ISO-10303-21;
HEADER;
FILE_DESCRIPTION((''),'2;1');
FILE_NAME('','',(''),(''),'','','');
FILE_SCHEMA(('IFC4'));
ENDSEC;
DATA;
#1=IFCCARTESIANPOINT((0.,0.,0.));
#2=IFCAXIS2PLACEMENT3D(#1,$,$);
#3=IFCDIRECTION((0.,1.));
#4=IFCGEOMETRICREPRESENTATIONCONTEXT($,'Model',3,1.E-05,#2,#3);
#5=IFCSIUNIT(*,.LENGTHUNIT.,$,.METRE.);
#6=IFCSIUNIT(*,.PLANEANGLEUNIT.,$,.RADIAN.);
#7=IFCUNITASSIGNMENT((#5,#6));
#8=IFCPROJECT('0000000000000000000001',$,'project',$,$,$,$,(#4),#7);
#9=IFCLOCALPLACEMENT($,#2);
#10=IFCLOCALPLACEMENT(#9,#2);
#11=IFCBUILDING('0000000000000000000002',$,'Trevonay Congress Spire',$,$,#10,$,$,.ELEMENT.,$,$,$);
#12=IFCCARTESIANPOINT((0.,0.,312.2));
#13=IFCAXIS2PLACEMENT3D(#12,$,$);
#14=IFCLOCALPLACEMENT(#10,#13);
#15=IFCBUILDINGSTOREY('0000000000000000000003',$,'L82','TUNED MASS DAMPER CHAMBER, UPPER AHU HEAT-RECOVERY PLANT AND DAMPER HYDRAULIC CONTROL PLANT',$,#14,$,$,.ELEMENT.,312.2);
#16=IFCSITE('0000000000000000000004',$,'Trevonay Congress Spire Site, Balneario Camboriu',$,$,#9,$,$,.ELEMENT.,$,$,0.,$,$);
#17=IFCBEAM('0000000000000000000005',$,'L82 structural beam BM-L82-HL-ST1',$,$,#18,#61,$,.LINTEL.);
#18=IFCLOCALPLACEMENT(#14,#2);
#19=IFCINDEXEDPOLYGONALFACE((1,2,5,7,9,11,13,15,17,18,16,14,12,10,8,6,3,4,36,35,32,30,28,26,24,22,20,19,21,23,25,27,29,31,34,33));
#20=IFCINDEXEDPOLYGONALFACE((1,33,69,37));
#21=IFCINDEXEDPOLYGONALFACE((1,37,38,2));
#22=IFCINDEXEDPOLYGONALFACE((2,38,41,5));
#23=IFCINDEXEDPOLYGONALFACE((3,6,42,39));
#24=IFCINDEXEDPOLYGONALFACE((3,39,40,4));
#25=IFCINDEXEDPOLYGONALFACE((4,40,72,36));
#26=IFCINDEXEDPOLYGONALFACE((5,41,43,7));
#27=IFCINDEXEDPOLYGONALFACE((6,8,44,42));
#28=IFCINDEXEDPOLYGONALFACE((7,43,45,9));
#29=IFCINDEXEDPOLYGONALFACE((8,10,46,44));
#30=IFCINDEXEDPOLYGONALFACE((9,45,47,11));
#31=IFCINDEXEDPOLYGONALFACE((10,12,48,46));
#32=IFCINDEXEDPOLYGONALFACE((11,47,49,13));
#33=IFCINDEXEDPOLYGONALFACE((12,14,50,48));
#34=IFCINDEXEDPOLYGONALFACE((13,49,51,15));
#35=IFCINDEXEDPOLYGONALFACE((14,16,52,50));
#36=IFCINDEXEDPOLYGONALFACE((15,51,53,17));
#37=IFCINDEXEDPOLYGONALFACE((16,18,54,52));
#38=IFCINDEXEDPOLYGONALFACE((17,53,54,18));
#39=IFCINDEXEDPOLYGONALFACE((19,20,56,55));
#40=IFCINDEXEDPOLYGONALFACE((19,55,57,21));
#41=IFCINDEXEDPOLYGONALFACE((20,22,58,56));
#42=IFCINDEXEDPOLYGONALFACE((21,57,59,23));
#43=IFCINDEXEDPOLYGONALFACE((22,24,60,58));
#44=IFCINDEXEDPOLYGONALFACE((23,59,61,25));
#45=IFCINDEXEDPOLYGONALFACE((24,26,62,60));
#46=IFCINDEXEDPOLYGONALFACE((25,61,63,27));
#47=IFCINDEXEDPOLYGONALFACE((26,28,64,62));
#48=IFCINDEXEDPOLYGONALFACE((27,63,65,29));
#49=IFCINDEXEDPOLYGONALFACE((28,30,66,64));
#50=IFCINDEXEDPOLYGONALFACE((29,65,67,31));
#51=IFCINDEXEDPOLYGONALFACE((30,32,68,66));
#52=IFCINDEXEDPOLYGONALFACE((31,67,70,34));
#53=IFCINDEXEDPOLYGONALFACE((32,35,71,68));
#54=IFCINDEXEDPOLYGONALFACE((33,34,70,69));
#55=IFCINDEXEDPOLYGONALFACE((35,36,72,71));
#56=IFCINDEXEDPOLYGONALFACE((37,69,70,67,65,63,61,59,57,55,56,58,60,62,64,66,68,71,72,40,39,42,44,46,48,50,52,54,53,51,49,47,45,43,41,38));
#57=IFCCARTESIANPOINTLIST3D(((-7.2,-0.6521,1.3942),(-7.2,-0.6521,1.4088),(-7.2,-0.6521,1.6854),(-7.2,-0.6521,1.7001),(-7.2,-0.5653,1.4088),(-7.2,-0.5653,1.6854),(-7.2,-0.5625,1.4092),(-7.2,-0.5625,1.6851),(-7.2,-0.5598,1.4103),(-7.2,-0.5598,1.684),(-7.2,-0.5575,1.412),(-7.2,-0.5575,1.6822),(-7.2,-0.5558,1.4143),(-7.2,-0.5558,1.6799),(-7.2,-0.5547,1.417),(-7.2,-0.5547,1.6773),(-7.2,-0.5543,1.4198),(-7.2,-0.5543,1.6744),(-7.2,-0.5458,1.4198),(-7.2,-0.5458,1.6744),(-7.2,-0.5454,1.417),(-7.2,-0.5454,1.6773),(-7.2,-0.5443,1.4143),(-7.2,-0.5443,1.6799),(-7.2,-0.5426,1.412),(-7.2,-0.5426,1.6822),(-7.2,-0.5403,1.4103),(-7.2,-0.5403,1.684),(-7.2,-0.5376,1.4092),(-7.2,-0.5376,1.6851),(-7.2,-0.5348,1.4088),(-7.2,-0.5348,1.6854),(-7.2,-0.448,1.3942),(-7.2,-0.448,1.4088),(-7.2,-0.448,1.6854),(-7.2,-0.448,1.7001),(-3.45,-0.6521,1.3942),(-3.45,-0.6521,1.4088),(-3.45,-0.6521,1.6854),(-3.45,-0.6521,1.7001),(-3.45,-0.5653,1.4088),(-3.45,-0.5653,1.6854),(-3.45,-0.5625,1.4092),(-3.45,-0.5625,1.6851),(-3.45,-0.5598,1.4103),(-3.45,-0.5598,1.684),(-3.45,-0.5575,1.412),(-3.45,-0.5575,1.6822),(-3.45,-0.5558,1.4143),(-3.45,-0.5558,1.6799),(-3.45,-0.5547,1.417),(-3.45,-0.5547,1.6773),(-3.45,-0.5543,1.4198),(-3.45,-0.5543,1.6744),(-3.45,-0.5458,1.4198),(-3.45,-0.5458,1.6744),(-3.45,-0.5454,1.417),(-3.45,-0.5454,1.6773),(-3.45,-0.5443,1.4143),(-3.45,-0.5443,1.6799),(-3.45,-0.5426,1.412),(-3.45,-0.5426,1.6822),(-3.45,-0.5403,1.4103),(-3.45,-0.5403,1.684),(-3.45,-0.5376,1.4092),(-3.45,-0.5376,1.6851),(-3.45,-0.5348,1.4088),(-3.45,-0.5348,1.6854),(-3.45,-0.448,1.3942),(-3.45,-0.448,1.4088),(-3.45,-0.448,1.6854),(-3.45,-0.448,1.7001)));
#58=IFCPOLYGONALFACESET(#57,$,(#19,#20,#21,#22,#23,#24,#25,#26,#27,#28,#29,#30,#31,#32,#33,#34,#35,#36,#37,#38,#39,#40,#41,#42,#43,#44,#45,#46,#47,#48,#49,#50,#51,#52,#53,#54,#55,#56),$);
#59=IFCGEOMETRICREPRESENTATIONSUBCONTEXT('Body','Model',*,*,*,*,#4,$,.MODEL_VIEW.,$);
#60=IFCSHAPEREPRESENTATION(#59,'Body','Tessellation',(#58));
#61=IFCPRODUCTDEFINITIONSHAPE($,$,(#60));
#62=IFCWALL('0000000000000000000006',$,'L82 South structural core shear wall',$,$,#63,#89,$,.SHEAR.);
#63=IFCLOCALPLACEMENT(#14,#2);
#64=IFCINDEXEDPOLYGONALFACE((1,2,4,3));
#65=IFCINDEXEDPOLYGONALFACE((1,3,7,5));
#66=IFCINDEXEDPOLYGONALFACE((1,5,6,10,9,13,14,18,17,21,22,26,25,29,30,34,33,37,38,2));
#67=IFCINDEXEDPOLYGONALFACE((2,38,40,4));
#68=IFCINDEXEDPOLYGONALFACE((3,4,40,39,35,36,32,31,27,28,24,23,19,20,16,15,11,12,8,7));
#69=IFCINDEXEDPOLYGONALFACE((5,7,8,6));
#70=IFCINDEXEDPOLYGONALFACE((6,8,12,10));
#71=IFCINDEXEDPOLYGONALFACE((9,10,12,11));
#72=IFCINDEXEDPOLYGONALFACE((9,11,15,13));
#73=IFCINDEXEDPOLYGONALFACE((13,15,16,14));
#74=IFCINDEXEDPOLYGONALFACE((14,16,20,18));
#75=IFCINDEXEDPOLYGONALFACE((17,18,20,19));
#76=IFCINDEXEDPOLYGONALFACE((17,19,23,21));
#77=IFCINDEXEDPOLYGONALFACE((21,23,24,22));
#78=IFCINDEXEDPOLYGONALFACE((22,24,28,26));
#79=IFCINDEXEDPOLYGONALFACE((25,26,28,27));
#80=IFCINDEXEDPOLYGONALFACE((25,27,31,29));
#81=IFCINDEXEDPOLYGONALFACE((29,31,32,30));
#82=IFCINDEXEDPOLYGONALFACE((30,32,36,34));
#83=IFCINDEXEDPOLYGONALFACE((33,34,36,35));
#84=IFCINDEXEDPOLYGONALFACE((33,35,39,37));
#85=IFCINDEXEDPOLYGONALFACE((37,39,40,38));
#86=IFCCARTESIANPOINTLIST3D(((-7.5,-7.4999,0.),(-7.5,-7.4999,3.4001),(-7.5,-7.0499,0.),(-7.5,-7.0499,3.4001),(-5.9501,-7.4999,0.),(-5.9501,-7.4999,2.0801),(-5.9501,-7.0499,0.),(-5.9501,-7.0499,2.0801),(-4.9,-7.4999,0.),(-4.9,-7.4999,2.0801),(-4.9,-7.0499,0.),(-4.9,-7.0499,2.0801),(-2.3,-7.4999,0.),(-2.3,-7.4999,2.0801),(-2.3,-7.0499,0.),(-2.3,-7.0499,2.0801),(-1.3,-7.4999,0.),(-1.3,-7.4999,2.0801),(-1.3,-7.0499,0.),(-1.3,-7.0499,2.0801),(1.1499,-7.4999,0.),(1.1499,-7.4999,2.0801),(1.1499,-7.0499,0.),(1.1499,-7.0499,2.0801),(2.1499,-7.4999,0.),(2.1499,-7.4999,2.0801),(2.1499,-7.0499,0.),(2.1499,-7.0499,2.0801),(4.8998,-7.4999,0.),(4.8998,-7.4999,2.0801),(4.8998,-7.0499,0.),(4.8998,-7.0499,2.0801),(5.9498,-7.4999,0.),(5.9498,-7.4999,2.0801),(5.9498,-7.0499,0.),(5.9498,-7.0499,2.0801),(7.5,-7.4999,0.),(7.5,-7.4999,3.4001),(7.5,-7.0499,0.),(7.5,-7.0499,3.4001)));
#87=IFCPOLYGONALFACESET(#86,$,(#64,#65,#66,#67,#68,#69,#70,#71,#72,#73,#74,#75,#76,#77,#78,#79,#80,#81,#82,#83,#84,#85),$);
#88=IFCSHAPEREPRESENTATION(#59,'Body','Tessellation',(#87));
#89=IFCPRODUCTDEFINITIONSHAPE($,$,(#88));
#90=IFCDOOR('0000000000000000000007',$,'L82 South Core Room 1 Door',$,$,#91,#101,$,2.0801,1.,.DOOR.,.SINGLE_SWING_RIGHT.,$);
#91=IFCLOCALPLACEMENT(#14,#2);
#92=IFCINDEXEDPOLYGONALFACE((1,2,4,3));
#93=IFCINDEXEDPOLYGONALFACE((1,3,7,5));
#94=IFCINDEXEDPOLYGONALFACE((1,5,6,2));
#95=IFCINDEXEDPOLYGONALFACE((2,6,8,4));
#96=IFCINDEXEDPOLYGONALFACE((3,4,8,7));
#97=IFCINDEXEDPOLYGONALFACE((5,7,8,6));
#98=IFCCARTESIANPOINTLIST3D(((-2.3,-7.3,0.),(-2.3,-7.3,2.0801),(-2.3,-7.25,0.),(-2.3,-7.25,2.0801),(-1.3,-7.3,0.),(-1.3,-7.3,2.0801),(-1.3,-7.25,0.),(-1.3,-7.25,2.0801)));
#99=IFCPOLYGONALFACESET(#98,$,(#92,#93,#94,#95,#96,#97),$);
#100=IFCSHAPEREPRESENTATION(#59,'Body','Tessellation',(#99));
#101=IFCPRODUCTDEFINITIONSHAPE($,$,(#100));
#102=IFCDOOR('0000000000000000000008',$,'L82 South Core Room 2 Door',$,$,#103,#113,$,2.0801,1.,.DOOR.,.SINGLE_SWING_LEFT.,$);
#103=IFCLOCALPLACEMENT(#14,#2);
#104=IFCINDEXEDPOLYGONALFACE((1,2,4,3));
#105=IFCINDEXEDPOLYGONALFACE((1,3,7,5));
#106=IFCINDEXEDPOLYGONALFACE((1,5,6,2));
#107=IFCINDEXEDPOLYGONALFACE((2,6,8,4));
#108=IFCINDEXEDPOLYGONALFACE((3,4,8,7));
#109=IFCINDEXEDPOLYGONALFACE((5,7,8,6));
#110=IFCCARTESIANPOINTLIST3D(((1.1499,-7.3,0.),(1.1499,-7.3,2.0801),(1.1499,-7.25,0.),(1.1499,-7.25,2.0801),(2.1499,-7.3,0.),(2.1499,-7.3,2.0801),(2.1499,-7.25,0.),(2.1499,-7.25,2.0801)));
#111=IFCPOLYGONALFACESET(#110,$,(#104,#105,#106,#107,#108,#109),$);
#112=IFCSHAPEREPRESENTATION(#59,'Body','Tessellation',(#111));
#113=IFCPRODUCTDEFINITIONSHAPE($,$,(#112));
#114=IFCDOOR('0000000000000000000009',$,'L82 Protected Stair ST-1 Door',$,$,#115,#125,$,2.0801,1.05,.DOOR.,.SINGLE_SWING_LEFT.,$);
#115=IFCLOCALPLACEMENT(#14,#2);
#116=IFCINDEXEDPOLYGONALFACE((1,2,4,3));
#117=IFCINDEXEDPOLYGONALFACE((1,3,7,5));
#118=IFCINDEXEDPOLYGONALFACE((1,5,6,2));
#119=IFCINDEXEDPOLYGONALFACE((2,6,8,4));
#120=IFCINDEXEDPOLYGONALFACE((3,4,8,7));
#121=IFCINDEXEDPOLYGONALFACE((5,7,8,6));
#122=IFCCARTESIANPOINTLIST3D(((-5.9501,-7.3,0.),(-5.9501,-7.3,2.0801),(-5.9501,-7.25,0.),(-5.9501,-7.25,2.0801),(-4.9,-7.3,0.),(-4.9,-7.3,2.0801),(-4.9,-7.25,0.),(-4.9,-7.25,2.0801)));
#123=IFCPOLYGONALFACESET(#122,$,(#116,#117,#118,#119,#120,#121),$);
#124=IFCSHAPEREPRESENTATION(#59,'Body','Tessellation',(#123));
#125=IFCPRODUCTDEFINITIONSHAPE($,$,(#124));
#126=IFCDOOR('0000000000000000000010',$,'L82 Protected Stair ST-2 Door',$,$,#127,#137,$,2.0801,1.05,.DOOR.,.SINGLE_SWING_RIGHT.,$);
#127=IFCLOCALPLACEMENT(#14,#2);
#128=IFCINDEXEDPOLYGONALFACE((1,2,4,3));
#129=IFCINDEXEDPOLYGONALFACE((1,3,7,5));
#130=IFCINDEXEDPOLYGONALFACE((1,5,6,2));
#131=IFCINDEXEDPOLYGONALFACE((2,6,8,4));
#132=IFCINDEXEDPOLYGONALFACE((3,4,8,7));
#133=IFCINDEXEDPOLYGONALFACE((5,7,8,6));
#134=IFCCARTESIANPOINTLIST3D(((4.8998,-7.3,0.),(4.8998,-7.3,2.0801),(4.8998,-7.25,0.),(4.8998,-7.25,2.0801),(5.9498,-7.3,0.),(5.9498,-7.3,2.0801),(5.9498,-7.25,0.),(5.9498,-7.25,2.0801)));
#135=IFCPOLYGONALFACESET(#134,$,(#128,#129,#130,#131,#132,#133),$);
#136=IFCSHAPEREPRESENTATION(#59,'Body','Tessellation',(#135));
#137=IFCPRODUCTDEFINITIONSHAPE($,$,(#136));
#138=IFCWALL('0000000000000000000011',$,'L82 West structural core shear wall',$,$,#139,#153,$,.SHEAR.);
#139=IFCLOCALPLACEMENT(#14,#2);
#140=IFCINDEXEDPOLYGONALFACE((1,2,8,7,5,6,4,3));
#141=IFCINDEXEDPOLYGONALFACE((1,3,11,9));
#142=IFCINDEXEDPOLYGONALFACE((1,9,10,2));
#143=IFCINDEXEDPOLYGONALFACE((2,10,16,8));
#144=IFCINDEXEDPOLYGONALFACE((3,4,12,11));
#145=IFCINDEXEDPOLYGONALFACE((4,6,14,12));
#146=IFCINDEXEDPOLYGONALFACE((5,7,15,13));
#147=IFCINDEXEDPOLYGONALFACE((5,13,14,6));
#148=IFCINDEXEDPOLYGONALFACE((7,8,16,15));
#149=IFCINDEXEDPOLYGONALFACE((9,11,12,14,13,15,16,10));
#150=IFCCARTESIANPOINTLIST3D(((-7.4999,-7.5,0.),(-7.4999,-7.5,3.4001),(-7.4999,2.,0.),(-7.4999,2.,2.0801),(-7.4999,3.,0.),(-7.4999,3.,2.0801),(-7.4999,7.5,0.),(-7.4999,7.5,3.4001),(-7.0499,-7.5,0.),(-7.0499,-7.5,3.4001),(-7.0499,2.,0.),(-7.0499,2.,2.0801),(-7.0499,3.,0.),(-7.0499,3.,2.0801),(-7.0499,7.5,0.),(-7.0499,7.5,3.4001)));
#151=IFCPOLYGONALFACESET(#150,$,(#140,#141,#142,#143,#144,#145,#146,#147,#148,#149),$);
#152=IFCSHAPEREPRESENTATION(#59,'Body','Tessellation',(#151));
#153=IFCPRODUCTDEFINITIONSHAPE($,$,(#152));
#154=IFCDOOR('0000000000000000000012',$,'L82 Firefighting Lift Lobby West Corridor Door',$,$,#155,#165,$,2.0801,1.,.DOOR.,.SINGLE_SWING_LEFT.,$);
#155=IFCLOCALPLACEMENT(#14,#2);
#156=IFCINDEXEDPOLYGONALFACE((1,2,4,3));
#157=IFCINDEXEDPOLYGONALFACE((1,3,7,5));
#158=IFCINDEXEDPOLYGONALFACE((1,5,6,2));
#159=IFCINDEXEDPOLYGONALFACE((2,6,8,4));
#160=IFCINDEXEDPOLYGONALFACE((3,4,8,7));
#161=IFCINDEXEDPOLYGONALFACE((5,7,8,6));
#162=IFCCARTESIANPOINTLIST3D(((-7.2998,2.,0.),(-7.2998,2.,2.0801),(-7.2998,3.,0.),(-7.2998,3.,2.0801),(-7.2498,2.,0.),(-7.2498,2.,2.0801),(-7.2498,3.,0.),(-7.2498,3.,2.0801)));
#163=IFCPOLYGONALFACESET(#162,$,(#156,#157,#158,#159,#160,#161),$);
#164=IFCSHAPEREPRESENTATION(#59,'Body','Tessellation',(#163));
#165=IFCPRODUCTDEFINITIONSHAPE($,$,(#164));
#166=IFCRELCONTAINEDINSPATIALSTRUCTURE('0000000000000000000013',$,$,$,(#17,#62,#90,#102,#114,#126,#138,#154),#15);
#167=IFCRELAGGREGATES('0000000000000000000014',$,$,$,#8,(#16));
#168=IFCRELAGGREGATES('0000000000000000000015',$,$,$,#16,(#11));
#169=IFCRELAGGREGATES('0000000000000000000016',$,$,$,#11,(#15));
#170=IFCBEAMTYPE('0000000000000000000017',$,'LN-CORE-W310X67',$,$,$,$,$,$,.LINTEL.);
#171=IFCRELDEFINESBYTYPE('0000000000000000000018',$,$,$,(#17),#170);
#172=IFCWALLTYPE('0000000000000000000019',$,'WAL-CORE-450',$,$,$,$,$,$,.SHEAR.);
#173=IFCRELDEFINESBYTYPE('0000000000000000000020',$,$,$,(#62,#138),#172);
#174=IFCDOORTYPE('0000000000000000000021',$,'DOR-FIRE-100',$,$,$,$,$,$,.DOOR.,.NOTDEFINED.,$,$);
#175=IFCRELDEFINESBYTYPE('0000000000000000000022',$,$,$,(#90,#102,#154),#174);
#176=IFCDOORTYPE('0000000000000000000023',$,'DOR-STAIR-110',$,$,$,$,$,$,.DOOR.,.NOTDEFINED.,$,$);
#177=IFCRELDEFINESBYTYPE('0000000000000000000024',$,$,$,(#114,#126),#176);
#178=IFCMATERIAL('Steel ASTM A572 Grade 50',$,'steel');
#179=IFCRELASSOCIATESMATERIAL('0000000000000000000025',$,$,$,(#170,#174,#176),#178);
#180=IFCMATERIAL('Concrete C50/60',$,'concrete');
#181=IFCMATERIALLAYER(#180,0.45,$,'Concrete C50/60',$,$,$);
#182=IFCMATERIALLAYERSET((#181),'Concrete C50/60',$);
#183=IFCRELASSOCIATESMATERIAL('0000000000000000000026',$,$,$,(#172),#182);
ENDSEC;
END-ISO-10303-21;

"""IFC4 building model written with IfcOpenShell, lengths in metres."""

from ifc_helpers import new_model, si_unit, direction, frame, frame_2d, origin, origin_2d, place, context, subcontext, project, spatial, rectangle, i_section, extrude, material, layer, layer_set, material_profile, profile_set, type_object, element, fill, save


model = new_model("IFC4")

# Units and contexts
model_context = context("Model", 3, precision=1e-05, world=origin(), true_north=direction((0.0, 1.0)))
body_context = subcontext(model_context, "Body", "Model", "MODEL_VIEW")
ifc_project = project(units=[si_unit("LENGTHUNIT", "METRE"), si_unit("PLANEANGLEUNIT", "RADIAN")], contexts=[model_context])

# Site, building, storey
site_placement = place(None, origin())
site = spatial("IfcSite", under=ifc_project, at=site_placement, Name="Trevonay Congress Spire Site, Balneario Camboriu", CompositionType="ELEMENT", RefElevation=0.0)
building_placement = place(site_placement, origin())
building = spatial("IfcBuilding", under=site, at=building_placement, Name="Trevonay Congress Spire", CompositionType="ELEMENT")
storey_placement = place(building_placement, frame((0.0, 0.0, 312.2)))
storey = spatial("IfcBuildingStorey", under=building, at=storey_placement, Name="L82", Description="TUNED MASS DAMPER CHAMBER, UPPER AHU HEAT-RECOVERY PLANT AND DAMPER HYDRAULIC CONTROL PLANT", CompositionType="ELEMENT", Elevation=312.2)

# Shared definitions
ifc_material_1 = material(Name="Steel ASTM A572 Grade 50", Category="steel")

# Beam
ifc_material_profile_1 = material_profile(ifc_material_1, i_section(OverallWidth=0.2041, OverallDepth=0.3059, WebThickness=0.0085, FlangeThickness=0.0146, FilletRadius=0.011, at=origin_2d()), Name="W310x67")
ifc_profile_set_1 = profile_set([ifc_material_profile_1], Name="Steel ASTM A572 Grade 50")
beam_type_1 = type_object("IfcBeamType", Name="LN-CORE-W310X67", PredefinedType="LINTEL", material=ifc_profile_set_1)
beam_1_placement = place(storey_placement, frame((-7.2, -0.55, 1.5471), z_axis=(1.0, 0.0, 0.0), x_axis=(0.0, 1.0, 0.0)))
element("IfcBeam", 1, at=beam_1_placement, inside=storey, type_object=beam_type_1, Name="L82 structural beam BM-L82-HL-ST1", PredefinedType="LINTEL", context=body_context, shape_type="SweptSolid", body=[
    extrude(i_section(OverallWidth=0.2041, OverallDepth=0.3059, WebThickness=0.0085, FlangeThickness=0.0146, FilletRadius=0.011, at=origin_2d()), origin(), (0.0, 0.0, 1.0), 3.75),
])

# Wall, openings, doors
ifc_material_2 = material(Name="Concrete C50/60", Category="concrete")
ifc_layer_1 = layer(ifc_material_2, 0.45, Name="Concrete C50/60")
ifc_layer_set_1 = layer_set([ifc_layer_1], Name="Concrete C50/60")
wall_type_1 = type_object("IfcWallType", Name="WAL-CORE-450", PredefinedType="SHEAR", material=ifc_layer_set_1)
wall_1_placement = place(storey_placement, frame((-7.5, -7.2749, 0.0), z_axis=(0.0, 0.0, 1.0), x_axis=(1.0, 0.0, 0.0)))
wall_1 = element("IfcWall", 2, at=wall_1_placement, inside=storey, type_object=wall_type_1, Name="L82 South structural core shear wall", PredefinedType="SHEAR", context=body_context, shape_type="SweptSolid", body=[
    extrude(rectangle(XDim=15.0, YDim=0.45, at=frame_2d((7.5, 0.0))), origin(), (0.0, 0.0, 1.0), 3.4001),
])
opening_1_placement = place(wall_1_placement, frame((1.55, 0.0, 0.0)))
opening_1 = element("IfcOpeningElement", 3, at=opening_1_placement, cuts=wall_1, PredefinedType="OPENING", context=body_context, shape_type="SweptSolid", body=[
    extrude(rectangle(XDim=1.05, YDim=2.0801, at=frame_2d((0.5249, 1.04))), frame((0.0, 0.2349, 0.0), z_axis=(0.0, -1.0, 0.0), x_axis=(1.0, 0.0, 0.0)), (0.0, 0.0, 1.0), 0.47),
])
opening_2_placement = place(wall_1_placement, frame((12.3999, 0.0, 0.0)))
opening_2 = element("IfcOpeningElement", 4, at=opening_2_placement, cuts=wall_1, PredefinedType="OPENING", context=body_context, shape_type="SweptSolid", body=[
    extrude(rectangle(XDim=1.05, YDim=2.0801, at=frame_2d((0.5249, 1.04))), frame((0.0, 0.2349, 0.0), z_axis=(0.0, -1.0, 0.0), x_axis=(1.0, 0.0, 0.0)), (0.0, 0.0, 1.0), 0.47),
])
opening_3_placement = place(wall_1_placement, frame((5.2, 0.0, 0.0)))
opening_3 = element("IfcOpeningElement", 5, at=opening_3_placement, cuts=wall_1, PredefinedType="OPENING", context=body_context, shape_type="SweptSolid", body=[
    extrude(rectangle(XDim=1.0, YDim=2.0801, at=frame_2d((0.5, 1.04))), frame((0.0, 0.2349, 0.0), z_axis=(0.0, -1.0, 0.0), x_axis=(1.0, 0.0, 0.0)), (0.0, 0.0, 1.0), 0.47),
])
opening_4_placement = place(wall_1_placement, frame((8.6499, 0.0, 0.0)))
opening_4 = element("IfcOpeningElement", 6, at=opening_4_placement, cuts=wall_1, PredefinedType="OPENING", context=body_context, shape_type="SweptSolid", body=[
    extrude(rectangle(XDim=1.0, YDim=2.0801, at=frame_2d((0.5, 1.04))), frame((0.0, 0.2349, 0.0), z_axis=(0.0, -1.0, 0.0), x_axis=(1.0, 0.0, 0.0)), (0.0, 0.0, 1.0), 0.47),
])
door_type_1 = type_object("IfcDoorType", Name="DOR-FIRE-100", OperationType="NOTDEFINED", PredefinedType="DOOR", material=ifc_material_1)
door_1_placement = place(opening_3_placement, origin())
door_1 = element("IfcDoor", 7, at=door_1_placement, inside=storey, type_object=door_type_1, Name="L82 South Core Room 1 Door", OperationType="SINGLE_SWING_RIGHT", OverallHeight=2.0801, OverallWidth=1.0, PredefinedType="DOOR", context=body_context, shape_type="SweptSolid", body=[
    extrude(rectangle(XDim=1.0, YDim=2.0801, at=frame_2d((0.5, 1.04))), frame((0.0, 0.0249, 0.0), z_axis=(0.0, -1.0, 0.0), x_axis=(1.0, 0.0, 0.0)), (0.0, 0.0, 1.0), 0.05),
])
fill(opening_3, door_1)
door_2_placement = place(opening_4_placement, origin())
door_2 = element("IfcDoor", 8, at=door_2_placement, inside=storey, type_object=door_type_1, Name="L82 South Core Room 2 Door", OperationType="SINGLE_SWING_LEFT", OverallHeight=2.0801, OverallWidth=1.0, PredefinedType="DOOR", context=body_context, shape_type="SweptSolid", body=[
    extrude(rectangle(XDim=1.0, YDim=2.0801, at=frame_2d((0.5, 1.04))), frame((0.0, 0.0249, 0.0), z_axis=(0.0, -1.0, 0.0), x_axis=(1.0, 0.0, 0.0)), (0.0, 0.0, 1.0), 0.05),
])
fill(opening_4, door_2)
door_type_2 = type_object("IfcDoorType", Name="DOR-STAIR-110", OperationType="NOTDEFINED", PredefinedType="DOOR", material=ifc_material_1)
door_3_placement = place(opening_1_placement, origin())
door_3 = element("IfcDoor", 9, at=door_3_placement, inside=storey, type_object=door_type_2, Name="L82 Protected Stair ST-1 Door", OperationType="SINGLE_SWING_LEFT", OverallHeight=2.0801, OverallWidth=1.05, PredefinedType="DOOR", context=body_context, shape_type="SweptSolid", body=[
    extrude(rectangle(XDim=1.05, YDim=2.0801, at=frame_2d((0.5249, 1.04))), frame((0.0, 0.0249, 0.0), z_axis=(0.0, -1.0, 0.0), x_axis=(1.0, 0.0, 0.0)), (0.0, 0.0, 1.0), 0.05),
])
fill(opening_1, door_3)
door_4_placement = place(opening_2_placement, origin())
door_4 = element("IfcDoor", 10, at=door_4_placement, inside=storey, type_object=door_type_2, Name="L82 Protected Stair ST-2 Door", OperationType="SINGLE_SWING_RIGHT", OverallHeight=2.0801, OverallWidth=1.05, PredefinedType="DOOR", context=body_context, shape_type="SweptSolid", body=[
    extrude(rectangle(XDim=1.05, YDim=2.0801, at=frame_2d((0.5249, 1.04))), frame((0.0, 0.0249, 0.0), z_axis=(0.0, -1.0, 0.0), x_axis=(1.0, 0.0, 0.0)), (0.0, 0.0, 1.0), 0.05),
])
fill(opening_2, door_4)

# Wall, opening, door
wall_2_placement = place(storey_placement, frame((-7.2749, -7.5, 0.0), z_axis=(0.0, 0.0, 1.0), x_axis=(0.0, 1.0, 0.0)))
wall_2 = element("IfcWall", 11, at=wall_2_placement, inside=storey, type_object=wall_type_1, Name="L82 West structural core shear wall", PredefinedType="SHEAR", context=body_context, shape_type="SweptSolid", body=[
    extrude(rectangle(XDim=15.0, YDim=0.45, at=frame_2d((7.5, 0.0))), origin(), (0.0, 0.0, 1.0), 3.4001),
])
opening_5_placement = place(wall_2_placement, frame((9.5, 0.0, 0.0)))
opening_5 = element("IfcOpeningElement", 12, at=opening_5_placement, cuts=wall_2, PredefinedType="OPENING", context=body_context, shape_type="SweptSolid", body=[
    extrude(rectangle(XDim=1.0, YDim=2.0801, at=frame_2d((0.5, 1.04))), frame((0.0, 0.2349, 0.0), z_axis=(0.0, -1.0, 0.0), x_axis=(1.0, 0.0, 0.0)), (0.0, 0.0, 1.0), 0.47),
])
door_5_placement = place(opening_5_placement, origin())
door_5 = element("IfcDoor", 13, at=door_5_placement, inside=storey, type_object=door_type_1, Name="L82 Firefighting Lift Lobby West Corridor Door", OperationType="SINGLE_SWING_LEFT", OverallHeight=2.0801, OverallWidth=1.0, PredefinedType="DOOR", context=body_context, shape_type="SweptSolid", body=[
    extrude(rectangle(XDim=1.0, YDim=2.0801, at=frame_2d((0.5, 1.04))), frame((0.0, 0.0249, 0.0), z_axis=(0.0, -1.0, 0.0), x_axis=(1.0, 0.0, 0.0)), (0.0, 0.0, 1.0), 0.05),
])
fill(opening_5, door_5)

save(model, "model.ifc")
